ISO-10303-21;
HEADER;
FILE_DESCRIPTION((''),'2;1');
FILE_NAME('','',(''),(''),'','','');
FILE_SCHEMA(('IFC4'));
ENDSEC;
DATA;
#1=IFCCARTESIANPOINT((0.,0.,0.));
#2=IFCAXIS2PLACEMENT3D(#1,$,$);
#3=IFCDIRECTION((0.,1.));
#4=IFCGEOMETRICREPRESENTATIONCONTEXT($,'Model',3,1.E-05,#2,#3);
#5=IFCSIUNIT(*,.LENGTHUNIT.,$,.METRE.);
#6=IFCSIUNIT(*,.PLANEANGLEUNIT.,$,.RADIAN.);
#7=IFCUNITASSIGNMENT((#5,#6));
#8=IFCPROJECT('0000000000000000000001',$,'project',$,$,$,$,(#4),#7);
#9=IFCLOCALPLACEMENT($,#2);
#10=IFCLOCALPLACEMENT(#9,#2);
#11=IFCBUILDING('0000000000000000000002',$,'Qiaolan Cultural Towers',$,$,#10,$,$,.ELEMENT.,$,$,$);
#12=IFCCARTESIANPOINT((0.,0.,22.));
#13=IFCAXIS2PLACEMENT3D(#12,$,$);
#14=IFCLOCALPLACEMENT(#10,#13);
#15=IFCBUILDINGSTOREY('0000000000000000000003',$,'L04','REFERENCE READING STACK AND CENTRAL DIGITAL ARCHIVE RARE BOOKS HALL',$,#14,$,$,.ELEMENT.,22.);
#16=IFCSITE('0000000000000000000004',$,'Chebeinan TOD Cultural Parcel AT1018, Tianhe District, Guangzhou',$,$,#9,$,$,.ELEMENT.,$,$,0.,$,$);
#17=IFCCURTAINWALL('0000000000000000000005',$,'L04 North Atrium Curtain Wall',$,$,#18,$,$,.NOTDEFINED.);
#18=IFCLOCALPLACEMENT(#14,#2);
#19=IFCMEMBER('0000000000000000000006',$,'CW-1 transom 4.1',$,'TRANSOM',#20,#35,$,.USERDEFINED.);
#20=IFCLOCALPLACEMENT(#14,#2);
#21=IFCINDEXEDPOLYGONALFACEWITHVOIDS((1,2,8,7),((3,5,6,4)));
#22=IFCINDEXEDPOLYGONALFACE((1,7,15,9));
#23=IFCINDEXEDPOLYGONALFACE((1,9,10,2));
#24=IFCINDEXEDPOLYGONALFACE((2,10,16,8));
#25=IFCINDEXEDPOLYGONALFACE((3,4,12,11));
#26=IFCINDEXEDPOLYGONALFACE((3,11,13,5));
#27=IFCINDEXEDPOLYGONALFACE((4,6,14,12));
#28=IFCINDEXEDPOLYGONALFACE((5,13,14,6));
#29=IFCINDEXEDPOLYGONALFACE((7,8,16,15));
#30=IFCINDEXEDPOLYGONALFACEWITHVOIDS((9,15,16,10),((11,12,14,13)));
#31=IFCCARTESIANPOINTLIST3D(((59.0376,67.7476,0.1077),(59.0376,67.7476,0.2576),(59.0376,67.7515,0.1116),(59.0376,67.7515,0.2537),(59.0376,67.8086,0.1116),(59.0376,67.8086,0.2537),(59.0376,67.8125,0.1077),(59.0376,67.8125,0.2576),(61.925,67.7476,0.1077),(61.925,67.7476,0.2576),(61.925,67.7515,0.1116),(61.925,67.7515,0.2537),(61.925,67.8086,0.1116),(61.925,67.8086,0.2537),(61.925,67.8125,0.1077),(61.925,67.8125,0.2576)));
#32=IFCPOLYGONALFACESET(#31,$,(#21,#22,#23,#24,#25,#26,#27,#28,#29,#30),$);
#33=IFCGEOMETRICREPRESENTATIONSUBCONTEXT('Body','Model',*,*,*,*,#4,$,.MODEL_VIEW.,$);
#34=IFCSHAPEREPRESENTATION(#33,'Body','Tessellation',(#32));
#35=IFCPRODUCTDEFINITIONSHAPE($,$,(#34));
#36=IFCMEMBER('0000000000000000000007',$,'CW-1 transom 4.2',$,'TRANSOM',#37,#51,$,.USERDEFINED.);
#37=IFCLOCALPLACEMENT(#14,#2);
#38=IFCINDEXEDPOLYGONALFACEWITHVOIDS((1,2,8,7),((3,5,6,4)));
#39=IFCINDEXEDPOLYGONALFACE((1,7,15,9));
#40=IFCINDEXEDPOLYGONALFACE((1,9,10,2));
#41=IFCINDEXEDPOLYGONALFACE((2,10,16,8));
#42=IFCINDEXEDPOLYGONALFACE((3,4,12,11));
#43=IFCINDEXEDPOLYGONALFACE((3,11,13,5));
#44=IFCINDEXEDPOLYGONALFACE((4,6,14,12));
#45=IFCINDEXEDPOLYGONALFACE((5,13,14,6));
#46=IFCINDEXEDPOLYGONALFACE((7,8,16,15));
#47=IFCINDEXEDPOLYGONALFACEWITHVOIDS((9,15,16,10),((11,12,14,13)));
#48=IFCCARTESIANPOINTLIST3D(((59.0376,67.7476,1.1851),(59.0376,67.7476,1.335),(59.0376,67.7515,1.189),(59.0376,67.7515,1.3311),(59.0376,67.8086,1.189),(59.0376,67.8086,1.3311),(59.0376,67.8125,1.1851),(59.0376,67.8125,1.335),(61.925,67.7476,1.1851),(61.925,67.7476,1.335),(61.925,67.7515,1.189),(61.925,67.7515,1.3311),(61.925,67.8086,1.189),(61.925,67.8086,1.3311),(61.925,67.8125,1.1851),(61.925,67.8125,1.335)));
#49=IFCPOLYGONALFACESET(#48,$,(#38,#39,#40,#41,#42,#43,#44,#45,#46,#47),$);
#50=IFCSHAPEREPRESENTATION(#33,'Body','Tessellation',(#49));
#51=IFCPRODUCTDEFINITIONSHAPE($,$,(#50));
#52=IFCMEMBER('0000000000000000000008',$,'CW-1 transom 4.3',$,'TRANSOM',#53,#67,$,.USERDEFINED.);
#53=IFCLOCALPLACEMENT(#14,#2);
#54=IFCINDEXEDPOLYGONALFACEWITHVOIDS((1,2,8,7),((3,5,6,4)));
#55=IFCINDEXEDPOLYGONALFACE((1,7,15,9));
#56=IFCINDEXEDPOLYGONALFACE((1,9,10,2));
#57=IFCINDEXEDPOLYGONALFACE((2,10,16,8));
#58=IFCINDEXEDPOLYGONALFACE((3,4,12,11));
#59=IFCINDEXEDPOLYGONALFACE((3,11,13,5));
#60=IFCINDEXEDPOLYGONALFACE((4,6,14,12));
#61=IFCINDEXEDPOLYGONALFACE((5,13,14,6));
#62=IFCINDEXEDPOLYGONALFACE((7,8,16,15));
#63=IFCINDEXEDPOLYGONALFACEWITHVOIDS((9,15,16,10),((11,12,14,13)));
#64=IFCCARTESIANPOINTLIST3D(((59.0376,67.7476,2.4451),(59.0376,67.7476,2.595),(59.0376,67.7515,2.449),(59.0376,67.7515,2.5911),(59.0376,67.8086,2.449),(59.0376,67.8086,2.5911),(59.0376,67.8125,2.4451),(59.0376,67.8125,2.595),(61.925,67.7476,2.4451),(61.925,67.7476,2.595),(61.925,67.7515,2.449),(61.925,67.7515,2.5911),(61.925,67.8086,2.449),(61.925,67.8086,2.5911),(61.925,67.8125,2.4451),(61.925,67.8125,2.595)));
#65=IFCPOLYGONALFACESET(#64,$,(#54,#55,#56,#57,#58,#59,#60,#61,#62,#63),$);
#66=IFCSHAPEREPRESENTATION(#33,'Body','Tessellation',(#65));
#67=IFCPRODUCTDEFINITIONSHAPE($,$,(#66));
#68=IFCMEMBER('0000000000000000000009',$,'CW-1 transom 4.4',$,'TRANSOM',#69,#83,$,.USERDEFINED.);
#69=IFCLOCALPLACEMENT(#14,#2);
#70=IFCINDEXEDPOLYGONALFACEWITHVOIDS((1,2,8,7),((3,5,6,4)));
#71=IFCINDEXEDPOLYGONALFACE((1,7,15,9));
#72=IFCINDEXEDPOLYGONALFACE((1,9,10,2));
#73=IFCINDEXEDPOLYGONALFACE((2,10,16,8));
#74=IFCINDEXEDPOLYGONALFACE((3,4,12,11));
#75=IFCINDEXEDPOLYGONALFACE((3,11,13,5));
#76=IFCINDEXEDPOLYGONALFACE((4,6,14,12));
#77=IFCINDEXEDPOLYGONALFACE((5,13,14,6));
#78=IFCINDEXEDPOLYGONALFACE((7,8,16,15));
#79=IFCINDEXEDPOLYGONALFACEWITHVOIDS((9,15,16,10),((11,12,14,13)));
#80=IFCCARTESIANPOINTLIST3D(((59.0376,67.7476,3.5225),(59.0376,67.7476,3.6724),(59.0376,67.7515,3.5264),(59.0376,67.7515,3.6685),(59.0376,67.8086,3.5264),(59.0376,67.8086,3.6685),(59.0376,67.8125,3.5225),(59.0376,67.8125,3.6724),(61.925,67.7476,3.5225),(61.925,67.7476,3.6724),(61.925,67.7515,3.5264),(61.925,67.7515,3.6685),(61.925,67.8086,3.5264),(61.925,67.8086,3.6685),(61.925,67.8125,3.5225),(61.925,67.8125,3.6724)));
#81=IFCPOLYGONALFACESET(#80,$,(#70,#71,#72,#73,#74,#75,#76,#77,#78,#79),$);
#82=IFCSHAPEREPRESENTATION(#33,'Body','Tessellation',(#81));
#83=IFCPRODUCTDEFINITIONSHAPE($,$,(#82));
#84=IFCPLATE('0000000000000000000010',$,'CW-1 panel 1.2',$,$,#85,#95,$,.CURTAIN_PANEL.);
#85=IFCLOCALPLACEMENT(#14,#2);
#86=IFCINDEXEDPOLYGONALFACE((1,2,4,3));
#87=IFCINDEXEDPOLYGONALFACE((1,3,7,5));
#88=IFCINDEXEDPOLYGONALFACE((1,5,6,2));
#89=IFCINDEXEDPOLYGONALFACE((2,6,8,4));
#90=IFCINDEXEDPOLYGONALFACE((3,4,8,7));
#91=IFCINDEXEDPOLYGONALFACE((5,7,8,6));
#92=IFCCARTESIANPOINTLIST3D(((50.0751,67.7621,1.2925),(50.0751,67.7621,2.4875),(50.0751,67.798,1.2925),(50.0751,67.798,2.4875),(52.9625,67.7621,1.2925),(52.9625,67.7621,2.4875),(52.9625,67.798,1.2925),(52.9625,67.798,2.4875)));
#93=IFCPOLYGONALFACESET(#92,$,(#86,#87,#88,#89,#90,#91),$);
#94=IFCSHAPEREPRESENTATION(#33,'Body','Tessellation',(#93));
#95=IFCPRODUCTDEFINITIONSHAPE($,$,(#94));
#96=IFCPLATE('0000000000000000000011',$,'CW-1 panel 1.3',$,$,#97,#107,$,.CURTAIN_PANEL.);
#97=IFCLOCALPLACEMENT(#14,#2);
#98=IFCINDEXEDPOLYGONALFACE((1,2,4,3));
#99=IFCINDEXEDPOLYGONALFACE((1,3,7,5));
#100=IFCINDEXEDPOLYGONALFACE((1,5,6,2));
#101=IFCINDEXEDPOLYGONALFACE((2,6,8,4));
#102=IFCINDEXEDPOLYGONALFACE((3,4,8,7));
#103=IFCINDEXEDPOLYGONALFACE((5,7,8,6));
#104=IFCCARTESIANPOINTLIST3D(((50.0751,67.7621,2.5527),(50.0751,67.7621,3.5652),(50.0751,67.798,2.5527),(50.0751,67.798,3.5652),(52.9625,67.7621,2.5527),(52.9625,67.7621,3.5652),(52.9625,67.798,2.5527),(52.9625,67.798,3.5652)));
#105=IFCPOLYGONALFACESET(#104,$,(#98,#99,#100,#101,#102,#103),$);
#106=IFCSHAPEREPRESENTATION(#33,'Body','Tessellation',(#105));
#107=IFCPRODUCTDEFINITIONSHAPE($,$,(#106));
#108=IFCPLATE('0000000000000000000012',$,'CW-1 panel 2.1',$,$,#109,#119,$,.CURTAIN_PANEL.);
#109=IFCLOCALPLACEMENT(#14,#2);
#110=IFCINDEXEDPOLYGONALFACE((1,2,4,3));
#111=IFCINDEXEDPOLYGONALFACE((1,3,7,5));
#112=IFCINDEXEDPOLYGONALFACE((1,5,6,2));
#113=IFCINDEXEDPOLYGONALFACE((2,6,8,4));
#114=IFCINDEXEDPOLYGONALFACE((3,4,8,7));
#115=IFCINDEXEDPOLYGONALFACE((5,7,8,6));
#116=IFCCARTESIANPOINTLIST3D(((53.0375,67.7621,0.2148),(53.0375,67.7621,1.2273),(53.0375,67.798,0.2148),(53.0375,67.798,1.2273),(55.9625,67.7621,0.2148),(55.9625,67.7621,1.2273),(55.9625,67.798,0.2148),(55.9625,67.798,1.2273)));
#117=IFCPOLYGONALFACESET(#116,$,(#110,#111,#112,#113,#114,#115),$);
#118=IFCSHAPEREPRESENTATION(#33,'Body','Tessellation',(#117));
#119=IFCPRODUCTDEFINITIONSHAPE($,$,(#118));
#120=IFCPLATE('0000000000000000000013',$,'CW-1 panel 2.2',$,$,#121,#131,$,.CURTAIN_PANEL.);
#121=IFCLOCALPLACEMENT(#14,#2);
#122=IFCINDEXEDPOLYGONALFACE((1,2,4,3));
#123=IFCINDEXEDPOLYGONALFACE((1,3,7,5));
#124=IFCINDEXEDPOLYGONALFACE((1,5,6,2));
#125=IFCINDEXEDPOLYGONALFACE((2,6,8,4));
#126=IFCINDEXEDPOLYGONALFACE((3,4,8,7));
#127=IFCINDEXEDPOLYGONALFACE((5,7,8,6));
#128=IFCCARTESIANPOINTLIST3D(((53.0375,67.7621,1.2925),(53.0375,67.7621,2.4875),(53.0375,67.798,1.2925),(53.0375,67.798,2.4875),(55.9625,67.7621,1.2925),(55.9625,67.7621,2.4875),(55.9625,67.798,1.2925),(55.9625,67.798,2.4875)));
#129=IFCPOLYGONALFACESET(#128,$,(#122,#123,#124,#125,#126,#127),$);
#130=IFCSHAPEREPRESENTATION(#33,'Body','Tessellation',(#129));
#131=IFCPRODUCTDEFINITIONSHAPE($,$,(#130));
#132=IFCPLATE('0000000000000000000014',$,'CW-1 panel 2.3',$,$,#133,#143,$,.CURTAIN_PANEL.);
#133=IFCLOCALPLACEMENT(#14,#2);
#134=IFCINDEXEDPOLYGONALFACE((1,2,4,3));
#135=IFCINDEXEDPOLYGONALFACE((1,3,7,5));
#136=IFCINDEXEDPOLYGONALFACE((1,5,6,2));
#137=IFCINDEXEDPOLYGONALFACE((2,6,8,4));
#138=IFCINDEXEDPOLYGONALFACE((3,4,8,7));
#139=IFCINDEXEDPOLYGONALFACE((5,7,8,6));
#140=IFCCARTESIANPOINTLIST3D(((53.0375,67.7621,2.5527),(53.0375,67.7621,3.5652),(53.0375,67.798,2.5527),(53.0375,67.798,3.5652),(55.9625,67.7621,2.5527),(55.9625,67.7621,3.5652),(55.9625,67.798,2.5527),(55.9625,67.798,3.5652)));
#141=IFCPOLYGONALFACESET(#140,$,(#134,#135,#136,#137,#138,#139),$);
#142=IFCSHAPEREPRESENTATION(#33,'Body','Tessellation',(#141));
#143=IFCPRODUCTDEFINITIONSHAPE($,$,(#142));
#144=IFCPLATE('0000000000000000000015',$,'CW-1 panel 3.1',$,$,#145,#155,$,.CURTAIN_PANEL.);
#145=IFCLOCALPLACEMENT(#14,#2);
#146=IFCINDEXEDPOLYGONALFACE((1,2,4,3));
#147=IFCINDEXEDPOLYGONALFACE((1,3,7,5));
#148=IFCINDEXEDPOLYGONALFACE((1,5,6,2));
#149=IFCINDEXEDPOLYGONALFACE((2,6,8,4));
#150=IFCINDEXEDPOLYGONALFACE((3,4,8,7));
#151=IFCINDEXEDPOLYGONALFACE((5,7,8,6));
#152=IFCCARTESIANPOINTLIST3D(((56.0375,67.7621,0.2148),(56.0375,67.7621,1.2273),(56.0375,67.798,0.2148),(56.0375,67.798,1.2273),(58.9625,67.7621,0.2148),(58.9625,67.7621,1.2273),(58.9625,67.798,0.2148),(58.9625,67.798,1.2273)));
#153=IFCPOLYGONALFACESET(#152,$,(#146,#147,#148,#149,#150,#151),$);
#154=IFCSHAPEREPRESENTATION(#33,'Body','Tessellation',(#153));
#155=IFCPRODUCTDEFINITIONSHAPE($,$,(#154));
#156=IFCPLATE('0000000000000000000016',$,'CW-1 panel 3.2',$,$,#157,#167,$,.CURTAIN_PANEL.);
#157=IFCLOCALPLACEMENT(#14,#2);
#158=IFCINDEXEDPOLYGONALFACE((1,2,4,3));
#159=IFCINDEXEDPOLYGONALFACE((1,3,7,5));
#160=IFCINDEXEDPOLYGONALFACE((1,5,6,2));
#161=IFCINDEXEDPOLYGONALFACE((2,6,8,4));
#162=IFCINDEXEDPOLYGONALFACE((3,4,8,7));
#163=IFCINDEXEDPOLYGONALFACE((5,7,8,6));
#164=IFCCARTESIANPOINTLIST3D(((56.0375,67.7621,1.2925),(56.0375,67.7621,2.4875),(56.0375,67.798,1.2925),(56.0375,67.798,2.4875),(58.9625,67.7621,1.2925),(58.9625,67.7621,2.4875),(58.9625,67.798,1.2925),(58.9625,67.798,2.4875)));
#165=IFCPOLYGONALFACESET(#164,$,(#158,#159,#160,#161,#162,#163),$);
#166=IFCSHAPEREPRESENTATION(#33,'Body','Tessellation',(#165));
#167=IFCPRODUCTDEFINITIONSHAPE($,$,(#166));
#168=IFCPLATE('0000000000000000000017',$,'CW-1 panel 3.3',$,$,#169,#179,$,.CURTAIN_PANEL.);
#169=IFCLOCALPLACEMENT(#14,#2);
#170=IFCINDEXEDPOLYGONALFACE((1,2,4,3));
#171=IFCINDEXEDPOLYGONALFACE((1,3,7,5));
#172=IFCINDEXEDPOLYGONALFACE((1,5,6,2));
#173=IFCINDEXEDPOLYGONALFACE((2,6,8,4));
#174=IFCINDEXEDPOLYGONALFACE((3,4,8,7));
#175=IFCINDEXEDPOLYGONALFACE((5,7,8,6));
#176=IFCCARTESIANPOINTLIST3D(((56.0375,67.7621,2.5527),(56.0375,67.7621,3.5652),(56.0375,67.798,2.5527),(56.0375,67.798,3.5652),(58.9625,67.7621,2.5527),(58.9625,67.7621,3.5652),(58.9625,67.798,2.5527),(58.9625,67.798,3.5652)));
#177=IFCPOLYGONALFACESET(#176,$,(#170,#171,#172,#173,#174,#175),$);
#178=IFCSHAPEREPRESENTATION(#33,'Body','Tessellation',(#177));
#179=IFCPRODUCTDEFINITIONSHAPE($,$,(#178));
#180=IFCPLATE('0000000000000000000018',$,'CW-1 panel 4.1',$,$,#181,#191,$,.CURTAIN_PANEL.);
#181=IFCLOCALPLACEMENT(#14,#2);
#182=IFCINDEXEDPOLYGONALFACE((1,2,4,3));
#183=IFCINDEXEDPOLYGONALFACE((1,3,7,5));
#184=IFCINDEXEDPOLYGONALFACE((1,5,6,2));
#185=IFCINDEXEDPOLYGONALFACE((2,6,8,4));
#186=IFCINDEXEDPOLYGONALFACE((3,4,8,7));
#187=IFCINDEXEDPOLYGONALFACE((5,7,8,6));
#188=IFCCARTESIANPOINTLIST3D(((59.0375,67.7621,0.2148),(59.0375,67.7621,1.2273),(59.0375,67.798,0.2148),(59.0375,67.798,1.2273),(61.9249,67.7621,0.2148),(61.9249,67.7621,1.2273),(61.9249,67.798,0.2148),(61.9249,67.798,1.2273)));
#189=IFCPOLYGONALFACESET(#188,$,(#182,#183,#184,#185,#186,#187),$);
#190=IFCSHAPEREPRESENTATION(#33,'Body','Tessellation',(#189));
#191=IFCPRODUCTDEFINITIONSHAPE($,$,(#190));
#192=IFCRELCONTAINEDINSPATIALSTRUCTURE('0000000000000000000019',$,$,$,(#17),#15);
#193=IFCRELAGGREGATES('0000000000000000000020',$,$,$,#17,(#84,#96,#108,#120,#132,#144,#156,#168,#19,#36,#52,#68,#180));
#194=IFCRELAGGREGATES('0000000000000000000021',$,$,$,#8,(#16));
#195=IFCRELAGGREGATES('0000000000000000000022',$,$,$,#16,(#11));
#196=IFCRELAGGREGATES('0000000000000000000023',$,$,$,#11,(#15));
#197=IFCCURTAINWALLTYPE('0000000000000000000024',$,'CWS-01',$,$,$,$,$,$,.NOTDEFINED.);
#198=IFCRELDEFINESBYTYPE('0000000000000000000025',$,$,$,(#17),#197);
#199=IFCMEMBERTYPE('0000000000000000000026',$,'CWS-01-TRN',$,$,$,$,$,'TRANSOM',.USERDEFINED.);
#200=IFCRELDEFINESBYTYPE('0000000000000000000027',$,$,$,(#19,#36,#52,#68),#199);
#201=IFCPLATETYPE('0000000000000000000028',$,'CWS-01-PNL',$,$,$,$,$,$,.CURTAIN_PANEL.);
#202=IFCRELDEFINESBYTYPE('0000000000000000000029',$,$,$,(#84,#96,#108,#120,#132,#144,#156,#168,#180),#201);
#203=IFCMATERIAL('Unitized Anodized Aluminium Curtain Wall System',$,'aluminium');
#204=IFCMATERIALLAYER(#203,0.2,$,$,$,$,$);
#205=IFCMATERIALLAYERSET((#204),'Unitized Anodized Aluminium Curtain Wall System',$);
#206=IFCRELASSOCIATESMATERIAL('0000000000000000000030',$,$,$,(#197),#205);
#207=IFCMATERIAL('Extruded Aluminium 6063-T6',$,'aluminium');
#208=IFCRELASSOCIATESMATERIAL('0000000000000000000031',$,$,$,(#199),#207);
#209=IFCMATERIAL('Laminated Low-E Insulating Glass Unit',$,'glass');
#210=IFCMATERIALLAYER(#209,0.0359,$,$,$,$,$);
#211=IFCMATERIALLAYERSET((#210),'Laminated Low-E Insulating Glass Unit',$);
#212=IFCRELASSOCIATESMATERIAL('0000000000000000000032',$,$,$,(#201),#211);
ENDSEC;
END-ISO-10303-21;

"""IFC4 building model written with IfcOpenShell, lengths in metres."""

from ifc_helpers import new_model, si_unit, direction, frame, origin, origin_2d, place, context, subcontext, project, spatial, rectangle, hollow_rectangle, extrude, material, layer, layer_set, material_profile, profile_set, type_object, element, aggregate, save


model = new_model("IFC4")

# Units and contexts
model_context = context("Model", 3, precision=1e-05, world=origin(), true_north=direction((0.0, 1.0)))
body_context = subcontext(model_context, "Body", "Model", "MODEL_VIEW")
ifc_project = project(units=[si_unit("LENGTHUNIT", "METRE"), si_unit("PLANEANGLEUNIT", "RADIAN")], contexts=[model_context])

# Site, building, storey
site_placement = place(None, origin())
site = spatial("IfcSite", under=ifc_project, at=site_placement, Name="Chebeinan TOD Cultural Parcel AT1018, Tianhe District, Guangzhou", CompositionType="ELEMENT", RefElevation=0.0)
building_placement = place(site_placement, origin())
building = spatial("IfcBuilding", under=site, at=building_placement, Name="Qiaolan Cultural Towers", CompositionType="ELEMENT")
storey_placement = place(building_placement, frame((0.0, 0.0, 22.0)))
storey = spatial("IfcBuildingStorey", under=building, at=storey_placement, Name="L04", Description="REFERENCE READING STACK AND CENTRAL DIGITAL ARCHIVE RARE BOOKS HALL", CompositionType="ELEMENT", Elevation=22.0)

# Curtain wall, members, plates
ifc_material_1 = material(Name="Unitized Anodized Aluminium Curtain Wall System", Category="aluminium")
ifc_layer_1 = layer(ifc_material_1, 0.2)
ifc_layer_set_1 = layer_set([ifc_layer_1], Name="Unitized Anodized Aluminium Curtain Wall System")
curtain_wall_type = type_object("IfcCurtainWallType", Name="CWS-01", PredefinedType="NOTDEFINED", material=ifc_layer_set_1)
curtain_wall_placement = place(storey_placement, origin())
curtain_wall = element("IfcCurtainWall", 1, at=curtain_wall_placement, inside=storey, type_object=curtain_wall_type, Name="L04 North Atrium Curtain Wall", PredefinedType="NOTDEFINED")
ifc_material_2 = material(Name="Extruded Aluminium 6063-T6", Category="aluminium")
ifc_material_profile_1 = material_profile(ifc_material_2, hollow_rectangle(XDim=0.0649, YDim=0.1499, WallThickness=0.0039, at=origin_2d()), Name="CWT-150x65x4")
ifc_profile_set_1 = profile_set([ifc_material_profile_1], Name="Extruded Aluminium 6063-T6")
member_type_1 = type_object("IfcMemberType", Name="CWS-01-TRN", ElementType="TRANSOM", PredefinedType="USERDEFINED", material=ifc_profile_set_1)
member_1_placement = place(storey_placement, frame((59.0376, 67.78, 0.1826), z_axis=(1.0, 0.0, 0.0), x_axis=(0.0, 1.0, 0.0)))
member_1 = element("IfcMember", 2, at=member_1_placement, type_object=member_type_1, Name="CW-1 transom 4.1", ObjectType="TRANSOM", PredefinedType="USERDEFINED", context=body_context, shape_type="SweptSolid", body=[
    extrude(hollow_rectangle(XDim=0.0649, YDim=0.1499, WallThickness=0.0039, at=origin_2d()), origin(), (0.0, 0.0, 1.0), 2.8875),
])
member_2_placement = place(storey_placement, frame((59.0376, 67.78, 1.26), z_axis=(1.0, 0.0, 0.0), x_axis=(0.0, 1.0, 0.0)))
member_2 = element("IfcMember", 3, at=member_2_placement, type_object=member_type_1, Name="CW-1 transom 4.2", ObjectType="TRANSOM", PredefinedType="USERDEFINED", context=body_context, shape_type="SweptSolid", body=[
    extrude(hollow_rectangle(XDim=0.0649, YDim=0.1499, WallThickness=0.0039, at=origin_2d()), origin(), (0.0, 0.0, 1.0), 2.8875),
])
member_3_placement = place(storey_placement, frame((59.0376, 67.78, 2.52), z_axis=(1.0, 0.0, 0.0), x_axis=(0.0, 1.0, 0.0)))
member_3 = element("IfcMember", 4, at=member_3_placement, type_object=member_type_1, Name="CW-1 transom 4.3", ObjectType="TRANSOM", PredefinedType="USERDEFINED", context=body_context, shape_type="SweptSolid", body=[
    extrude(hollow_rectangle(XDim=0.0649, YDim=0.1499, WallThickness=0.0039, at=origin_2d()), origin(), (0.0, 0.0, 1.0), 2.8875),
])
member_4_placement = place(storey_placement, frame((59.0376, 67.78, 3.5974), z_axis=(1.0, 0.0, 0.0), x_axis=(0.0, 1.0, 0.0)))
member_4 = element("IfcMember", 5, at=member_4_placement, type_object=member_type_1, Name="CW-1 transom 4.4", ObjectType="TRANSOM", PredefinedType="USERDEFINED", context=body_context, shape_type="SweptSolid", body=[
    extrude(hollow_rectangle(XDim=0.0649, YDim=0.1499, WallThickness=0.0039, at=origin_2d()), origin(), (0.0, 0.0, 1.0), 2.8875),
])
ifc_material_3 = material(Name="Laminated Low-E Insulating Glass Unit", Category="glass")
ifc_layer_2 = layer(ifc_material_3, 0.0359)
ifc_layer_set_2 = layer_set([ifc_layer_2], Name="Laminated Low-E Insulating Glass Unit")
plate_type = type_object("IfcPlateType", Name="CWS-01-PNL", PredefinedType="CURTAIN_PANEL", material=ifc_layer_set_2)
plate_1_placement = place(storey_placement, frame((51.5188, 67.78, 1.2925), z_axis=(0.0, 0.0, 1.0), x_axis=(1.0, 0.0, 0.0)))
plate_1 = element("IfcPlate", 6, at=plate_1_placement, type_object=plate_type, Name="CW-1 panel 1.2", PredefinedType="CURTAIN_PANEL", context=body_context, shape_type="SweptSolid", body=[
    extrude(rectangle(XDim=2.8875, YDim=0.0359, at=origin_2d()), origin(), (0.0, 0.0, 1.0), 1.1951),
])
plate_2_placement = place(storey_placement, frame((51.5188, 67.78, 2.5527), z_axis=(0.0, 0.0, 1.0), x_axis=(1.0, 0.0, 0.0)))
plate_2 = element("IfcPlate", 7, at=plate_2_placement, type_object=plate_type, Name="CW-1 panel 1.3", PredefinedType="CURTAIN_PANEL", context=body_context, shape_type="SweptSolid", body=[
    extrude(rectangle(XDim=2.8875, YDim=0.0359, at=origin_2d()), origin(), (0.0, 0.0, 1.0), 1.0125),
])
plate_3_placement = place(storey_placement, frame((54.5, 67.78, 0.2148), z_axis=(0.0, 0.0, 1.0), x_axis=(1.0, 0.0, 0.0)))
plate_3 = element("IfcPlate", 8, at=plate_3_placement, type_object=plate_type, Name="CW-1 panel 2.1", PredefinedType="CURTAIN_PANEL", context=body_context, shape_type="SweptSolid", body=[
    extrude(rectangle(XDim=2.925, YDim=0.0359, at=origin_2d()), origin(), (0.0, 0.0, 1.0), 1.0125),
])
plate_4_placement = place(storey_placement, frame((54.5, 67.78, 1.2925), z_axis=(0.0, 0.0, 1.0), x_axis=(1.0, 0.0, 0.0)))
plate_4 = element("IfcPlate", 9, at=plate_4_placement, type_object=plate_type, Name="CW-1 panel 2.2", PredefinedType="CURTAIN_PANEL", context=body_context, shape_type="SweptSolid", body=[
    extrude(rectangle(XDim=2.925, YDim=0.0359, at=origin_2d()), origin(), (0.0, 0.0, 1.0), 1.1951),
])
plate_5_placement = place(storey_placement, frame((54.5, 67.78, 2.5527), z_axis=(0.0, 0.0, 1.0), x_axis=(1.0, 0.0, 0.0)))
plate_5 = element("IfcPlate", 10, at=plate_5_placement, type_object=plate_type, Name="CW-1 panel 2.3", PredefinedType="CURTAIN_PANEL", context=body_context, shape_type="SweptSolid", body=[
    extrude(rectangle(XDim=2.925, YDim=0.0359, at=origin_2d()), origin(), (0.0, 0.0, 1.0), 1.0125),
])
plate_6_placement = place(storey_placement, frame((57.5, 67.78, 0.2148), z_axis=(0.0, 0.0, 1.0), x_axis=(1.0, 0.0, 0.0)))
plate_6 = element("IfcPlate", 11, at=plate_6_placement, type_object=plate_type, Name="CW-1 panel 3.1", PredefinedType="CURTAIN_PANEL", context=body_context, shape_type="SweptSolid", body=[
    extrude(rectangle(XDim=2.925, YDim=0.0359, at=origin_2d()), origin(), (0.0, 0.0, 1.0), 1.0125),
])
plate_7_placement = place(storey_placement, frame((57.5, 67.78, 1.2925), z_axis=(0.0, 0.0, 1.0), x_axis=(1.0, 0.0, 0.0)))
plate_7 = element("IfcPlate", 12, at=plate_7_placement, type_object=plate_type, Name="CW-1 panel 3.2", PredefinedType="CURTAIN_PANEL", context=body_context, shape_type="SweptSolid", body=[
    extrude(rectangle(XDim=2.925, YDim=0.0359, at=origin_2d()), origin(), (0.0, 0.0, 1.0), 1.1951),
])
plate_8_placement = place(storey_placement, frame((57.5, 67.78, 2.5527), z_axis=(0.0, 0.0, 1.0), x_axis=(1.0, 0.0, 0.0)))
plate_8 = element("IfcPlate", 13, at=plate_8_placement, type_object=plate_type, Name="CW-1 panel 3.3", PredefinedType="CURTAIN_PANEL", context=body_context, shape_type="SweptSolid", body=[
    extrude(rectangle(XDim=2.925, YDim=0.0359, at=origin_2d()), origin(), (0.0, 0.0, 1.0), 1.0125),
])
plate_9_placement = place(storey_placement, frame((60.4812, 67.78, 0.2148), z_axis=(0.0, 0.0, 1.0), x_axis=(1.0, 0.0, 0.0)))
plate_9 = element("IfcPlate", 14, at=plate_9_placement, type_object=plate_type, Name="CW-1 panel 4.1", PredefinedType="CURTAIN_PANEL", context=body_context, shape_type="SweptSolid", body=[
    extrude(rectangle(XDim=2.8875, YDim=0.0359, at=origin_2d()), origin(), (0.0, 0.0, 1.0), 1.0125),
])
aggregate(curtain_wall, [plate_1, plate_2, plate_3, plate_4, plate_5, plate_6, plate_7, plate_8, member_1, member_2, member_3, member_4, plate_9])

save(model, "model.ifc")
